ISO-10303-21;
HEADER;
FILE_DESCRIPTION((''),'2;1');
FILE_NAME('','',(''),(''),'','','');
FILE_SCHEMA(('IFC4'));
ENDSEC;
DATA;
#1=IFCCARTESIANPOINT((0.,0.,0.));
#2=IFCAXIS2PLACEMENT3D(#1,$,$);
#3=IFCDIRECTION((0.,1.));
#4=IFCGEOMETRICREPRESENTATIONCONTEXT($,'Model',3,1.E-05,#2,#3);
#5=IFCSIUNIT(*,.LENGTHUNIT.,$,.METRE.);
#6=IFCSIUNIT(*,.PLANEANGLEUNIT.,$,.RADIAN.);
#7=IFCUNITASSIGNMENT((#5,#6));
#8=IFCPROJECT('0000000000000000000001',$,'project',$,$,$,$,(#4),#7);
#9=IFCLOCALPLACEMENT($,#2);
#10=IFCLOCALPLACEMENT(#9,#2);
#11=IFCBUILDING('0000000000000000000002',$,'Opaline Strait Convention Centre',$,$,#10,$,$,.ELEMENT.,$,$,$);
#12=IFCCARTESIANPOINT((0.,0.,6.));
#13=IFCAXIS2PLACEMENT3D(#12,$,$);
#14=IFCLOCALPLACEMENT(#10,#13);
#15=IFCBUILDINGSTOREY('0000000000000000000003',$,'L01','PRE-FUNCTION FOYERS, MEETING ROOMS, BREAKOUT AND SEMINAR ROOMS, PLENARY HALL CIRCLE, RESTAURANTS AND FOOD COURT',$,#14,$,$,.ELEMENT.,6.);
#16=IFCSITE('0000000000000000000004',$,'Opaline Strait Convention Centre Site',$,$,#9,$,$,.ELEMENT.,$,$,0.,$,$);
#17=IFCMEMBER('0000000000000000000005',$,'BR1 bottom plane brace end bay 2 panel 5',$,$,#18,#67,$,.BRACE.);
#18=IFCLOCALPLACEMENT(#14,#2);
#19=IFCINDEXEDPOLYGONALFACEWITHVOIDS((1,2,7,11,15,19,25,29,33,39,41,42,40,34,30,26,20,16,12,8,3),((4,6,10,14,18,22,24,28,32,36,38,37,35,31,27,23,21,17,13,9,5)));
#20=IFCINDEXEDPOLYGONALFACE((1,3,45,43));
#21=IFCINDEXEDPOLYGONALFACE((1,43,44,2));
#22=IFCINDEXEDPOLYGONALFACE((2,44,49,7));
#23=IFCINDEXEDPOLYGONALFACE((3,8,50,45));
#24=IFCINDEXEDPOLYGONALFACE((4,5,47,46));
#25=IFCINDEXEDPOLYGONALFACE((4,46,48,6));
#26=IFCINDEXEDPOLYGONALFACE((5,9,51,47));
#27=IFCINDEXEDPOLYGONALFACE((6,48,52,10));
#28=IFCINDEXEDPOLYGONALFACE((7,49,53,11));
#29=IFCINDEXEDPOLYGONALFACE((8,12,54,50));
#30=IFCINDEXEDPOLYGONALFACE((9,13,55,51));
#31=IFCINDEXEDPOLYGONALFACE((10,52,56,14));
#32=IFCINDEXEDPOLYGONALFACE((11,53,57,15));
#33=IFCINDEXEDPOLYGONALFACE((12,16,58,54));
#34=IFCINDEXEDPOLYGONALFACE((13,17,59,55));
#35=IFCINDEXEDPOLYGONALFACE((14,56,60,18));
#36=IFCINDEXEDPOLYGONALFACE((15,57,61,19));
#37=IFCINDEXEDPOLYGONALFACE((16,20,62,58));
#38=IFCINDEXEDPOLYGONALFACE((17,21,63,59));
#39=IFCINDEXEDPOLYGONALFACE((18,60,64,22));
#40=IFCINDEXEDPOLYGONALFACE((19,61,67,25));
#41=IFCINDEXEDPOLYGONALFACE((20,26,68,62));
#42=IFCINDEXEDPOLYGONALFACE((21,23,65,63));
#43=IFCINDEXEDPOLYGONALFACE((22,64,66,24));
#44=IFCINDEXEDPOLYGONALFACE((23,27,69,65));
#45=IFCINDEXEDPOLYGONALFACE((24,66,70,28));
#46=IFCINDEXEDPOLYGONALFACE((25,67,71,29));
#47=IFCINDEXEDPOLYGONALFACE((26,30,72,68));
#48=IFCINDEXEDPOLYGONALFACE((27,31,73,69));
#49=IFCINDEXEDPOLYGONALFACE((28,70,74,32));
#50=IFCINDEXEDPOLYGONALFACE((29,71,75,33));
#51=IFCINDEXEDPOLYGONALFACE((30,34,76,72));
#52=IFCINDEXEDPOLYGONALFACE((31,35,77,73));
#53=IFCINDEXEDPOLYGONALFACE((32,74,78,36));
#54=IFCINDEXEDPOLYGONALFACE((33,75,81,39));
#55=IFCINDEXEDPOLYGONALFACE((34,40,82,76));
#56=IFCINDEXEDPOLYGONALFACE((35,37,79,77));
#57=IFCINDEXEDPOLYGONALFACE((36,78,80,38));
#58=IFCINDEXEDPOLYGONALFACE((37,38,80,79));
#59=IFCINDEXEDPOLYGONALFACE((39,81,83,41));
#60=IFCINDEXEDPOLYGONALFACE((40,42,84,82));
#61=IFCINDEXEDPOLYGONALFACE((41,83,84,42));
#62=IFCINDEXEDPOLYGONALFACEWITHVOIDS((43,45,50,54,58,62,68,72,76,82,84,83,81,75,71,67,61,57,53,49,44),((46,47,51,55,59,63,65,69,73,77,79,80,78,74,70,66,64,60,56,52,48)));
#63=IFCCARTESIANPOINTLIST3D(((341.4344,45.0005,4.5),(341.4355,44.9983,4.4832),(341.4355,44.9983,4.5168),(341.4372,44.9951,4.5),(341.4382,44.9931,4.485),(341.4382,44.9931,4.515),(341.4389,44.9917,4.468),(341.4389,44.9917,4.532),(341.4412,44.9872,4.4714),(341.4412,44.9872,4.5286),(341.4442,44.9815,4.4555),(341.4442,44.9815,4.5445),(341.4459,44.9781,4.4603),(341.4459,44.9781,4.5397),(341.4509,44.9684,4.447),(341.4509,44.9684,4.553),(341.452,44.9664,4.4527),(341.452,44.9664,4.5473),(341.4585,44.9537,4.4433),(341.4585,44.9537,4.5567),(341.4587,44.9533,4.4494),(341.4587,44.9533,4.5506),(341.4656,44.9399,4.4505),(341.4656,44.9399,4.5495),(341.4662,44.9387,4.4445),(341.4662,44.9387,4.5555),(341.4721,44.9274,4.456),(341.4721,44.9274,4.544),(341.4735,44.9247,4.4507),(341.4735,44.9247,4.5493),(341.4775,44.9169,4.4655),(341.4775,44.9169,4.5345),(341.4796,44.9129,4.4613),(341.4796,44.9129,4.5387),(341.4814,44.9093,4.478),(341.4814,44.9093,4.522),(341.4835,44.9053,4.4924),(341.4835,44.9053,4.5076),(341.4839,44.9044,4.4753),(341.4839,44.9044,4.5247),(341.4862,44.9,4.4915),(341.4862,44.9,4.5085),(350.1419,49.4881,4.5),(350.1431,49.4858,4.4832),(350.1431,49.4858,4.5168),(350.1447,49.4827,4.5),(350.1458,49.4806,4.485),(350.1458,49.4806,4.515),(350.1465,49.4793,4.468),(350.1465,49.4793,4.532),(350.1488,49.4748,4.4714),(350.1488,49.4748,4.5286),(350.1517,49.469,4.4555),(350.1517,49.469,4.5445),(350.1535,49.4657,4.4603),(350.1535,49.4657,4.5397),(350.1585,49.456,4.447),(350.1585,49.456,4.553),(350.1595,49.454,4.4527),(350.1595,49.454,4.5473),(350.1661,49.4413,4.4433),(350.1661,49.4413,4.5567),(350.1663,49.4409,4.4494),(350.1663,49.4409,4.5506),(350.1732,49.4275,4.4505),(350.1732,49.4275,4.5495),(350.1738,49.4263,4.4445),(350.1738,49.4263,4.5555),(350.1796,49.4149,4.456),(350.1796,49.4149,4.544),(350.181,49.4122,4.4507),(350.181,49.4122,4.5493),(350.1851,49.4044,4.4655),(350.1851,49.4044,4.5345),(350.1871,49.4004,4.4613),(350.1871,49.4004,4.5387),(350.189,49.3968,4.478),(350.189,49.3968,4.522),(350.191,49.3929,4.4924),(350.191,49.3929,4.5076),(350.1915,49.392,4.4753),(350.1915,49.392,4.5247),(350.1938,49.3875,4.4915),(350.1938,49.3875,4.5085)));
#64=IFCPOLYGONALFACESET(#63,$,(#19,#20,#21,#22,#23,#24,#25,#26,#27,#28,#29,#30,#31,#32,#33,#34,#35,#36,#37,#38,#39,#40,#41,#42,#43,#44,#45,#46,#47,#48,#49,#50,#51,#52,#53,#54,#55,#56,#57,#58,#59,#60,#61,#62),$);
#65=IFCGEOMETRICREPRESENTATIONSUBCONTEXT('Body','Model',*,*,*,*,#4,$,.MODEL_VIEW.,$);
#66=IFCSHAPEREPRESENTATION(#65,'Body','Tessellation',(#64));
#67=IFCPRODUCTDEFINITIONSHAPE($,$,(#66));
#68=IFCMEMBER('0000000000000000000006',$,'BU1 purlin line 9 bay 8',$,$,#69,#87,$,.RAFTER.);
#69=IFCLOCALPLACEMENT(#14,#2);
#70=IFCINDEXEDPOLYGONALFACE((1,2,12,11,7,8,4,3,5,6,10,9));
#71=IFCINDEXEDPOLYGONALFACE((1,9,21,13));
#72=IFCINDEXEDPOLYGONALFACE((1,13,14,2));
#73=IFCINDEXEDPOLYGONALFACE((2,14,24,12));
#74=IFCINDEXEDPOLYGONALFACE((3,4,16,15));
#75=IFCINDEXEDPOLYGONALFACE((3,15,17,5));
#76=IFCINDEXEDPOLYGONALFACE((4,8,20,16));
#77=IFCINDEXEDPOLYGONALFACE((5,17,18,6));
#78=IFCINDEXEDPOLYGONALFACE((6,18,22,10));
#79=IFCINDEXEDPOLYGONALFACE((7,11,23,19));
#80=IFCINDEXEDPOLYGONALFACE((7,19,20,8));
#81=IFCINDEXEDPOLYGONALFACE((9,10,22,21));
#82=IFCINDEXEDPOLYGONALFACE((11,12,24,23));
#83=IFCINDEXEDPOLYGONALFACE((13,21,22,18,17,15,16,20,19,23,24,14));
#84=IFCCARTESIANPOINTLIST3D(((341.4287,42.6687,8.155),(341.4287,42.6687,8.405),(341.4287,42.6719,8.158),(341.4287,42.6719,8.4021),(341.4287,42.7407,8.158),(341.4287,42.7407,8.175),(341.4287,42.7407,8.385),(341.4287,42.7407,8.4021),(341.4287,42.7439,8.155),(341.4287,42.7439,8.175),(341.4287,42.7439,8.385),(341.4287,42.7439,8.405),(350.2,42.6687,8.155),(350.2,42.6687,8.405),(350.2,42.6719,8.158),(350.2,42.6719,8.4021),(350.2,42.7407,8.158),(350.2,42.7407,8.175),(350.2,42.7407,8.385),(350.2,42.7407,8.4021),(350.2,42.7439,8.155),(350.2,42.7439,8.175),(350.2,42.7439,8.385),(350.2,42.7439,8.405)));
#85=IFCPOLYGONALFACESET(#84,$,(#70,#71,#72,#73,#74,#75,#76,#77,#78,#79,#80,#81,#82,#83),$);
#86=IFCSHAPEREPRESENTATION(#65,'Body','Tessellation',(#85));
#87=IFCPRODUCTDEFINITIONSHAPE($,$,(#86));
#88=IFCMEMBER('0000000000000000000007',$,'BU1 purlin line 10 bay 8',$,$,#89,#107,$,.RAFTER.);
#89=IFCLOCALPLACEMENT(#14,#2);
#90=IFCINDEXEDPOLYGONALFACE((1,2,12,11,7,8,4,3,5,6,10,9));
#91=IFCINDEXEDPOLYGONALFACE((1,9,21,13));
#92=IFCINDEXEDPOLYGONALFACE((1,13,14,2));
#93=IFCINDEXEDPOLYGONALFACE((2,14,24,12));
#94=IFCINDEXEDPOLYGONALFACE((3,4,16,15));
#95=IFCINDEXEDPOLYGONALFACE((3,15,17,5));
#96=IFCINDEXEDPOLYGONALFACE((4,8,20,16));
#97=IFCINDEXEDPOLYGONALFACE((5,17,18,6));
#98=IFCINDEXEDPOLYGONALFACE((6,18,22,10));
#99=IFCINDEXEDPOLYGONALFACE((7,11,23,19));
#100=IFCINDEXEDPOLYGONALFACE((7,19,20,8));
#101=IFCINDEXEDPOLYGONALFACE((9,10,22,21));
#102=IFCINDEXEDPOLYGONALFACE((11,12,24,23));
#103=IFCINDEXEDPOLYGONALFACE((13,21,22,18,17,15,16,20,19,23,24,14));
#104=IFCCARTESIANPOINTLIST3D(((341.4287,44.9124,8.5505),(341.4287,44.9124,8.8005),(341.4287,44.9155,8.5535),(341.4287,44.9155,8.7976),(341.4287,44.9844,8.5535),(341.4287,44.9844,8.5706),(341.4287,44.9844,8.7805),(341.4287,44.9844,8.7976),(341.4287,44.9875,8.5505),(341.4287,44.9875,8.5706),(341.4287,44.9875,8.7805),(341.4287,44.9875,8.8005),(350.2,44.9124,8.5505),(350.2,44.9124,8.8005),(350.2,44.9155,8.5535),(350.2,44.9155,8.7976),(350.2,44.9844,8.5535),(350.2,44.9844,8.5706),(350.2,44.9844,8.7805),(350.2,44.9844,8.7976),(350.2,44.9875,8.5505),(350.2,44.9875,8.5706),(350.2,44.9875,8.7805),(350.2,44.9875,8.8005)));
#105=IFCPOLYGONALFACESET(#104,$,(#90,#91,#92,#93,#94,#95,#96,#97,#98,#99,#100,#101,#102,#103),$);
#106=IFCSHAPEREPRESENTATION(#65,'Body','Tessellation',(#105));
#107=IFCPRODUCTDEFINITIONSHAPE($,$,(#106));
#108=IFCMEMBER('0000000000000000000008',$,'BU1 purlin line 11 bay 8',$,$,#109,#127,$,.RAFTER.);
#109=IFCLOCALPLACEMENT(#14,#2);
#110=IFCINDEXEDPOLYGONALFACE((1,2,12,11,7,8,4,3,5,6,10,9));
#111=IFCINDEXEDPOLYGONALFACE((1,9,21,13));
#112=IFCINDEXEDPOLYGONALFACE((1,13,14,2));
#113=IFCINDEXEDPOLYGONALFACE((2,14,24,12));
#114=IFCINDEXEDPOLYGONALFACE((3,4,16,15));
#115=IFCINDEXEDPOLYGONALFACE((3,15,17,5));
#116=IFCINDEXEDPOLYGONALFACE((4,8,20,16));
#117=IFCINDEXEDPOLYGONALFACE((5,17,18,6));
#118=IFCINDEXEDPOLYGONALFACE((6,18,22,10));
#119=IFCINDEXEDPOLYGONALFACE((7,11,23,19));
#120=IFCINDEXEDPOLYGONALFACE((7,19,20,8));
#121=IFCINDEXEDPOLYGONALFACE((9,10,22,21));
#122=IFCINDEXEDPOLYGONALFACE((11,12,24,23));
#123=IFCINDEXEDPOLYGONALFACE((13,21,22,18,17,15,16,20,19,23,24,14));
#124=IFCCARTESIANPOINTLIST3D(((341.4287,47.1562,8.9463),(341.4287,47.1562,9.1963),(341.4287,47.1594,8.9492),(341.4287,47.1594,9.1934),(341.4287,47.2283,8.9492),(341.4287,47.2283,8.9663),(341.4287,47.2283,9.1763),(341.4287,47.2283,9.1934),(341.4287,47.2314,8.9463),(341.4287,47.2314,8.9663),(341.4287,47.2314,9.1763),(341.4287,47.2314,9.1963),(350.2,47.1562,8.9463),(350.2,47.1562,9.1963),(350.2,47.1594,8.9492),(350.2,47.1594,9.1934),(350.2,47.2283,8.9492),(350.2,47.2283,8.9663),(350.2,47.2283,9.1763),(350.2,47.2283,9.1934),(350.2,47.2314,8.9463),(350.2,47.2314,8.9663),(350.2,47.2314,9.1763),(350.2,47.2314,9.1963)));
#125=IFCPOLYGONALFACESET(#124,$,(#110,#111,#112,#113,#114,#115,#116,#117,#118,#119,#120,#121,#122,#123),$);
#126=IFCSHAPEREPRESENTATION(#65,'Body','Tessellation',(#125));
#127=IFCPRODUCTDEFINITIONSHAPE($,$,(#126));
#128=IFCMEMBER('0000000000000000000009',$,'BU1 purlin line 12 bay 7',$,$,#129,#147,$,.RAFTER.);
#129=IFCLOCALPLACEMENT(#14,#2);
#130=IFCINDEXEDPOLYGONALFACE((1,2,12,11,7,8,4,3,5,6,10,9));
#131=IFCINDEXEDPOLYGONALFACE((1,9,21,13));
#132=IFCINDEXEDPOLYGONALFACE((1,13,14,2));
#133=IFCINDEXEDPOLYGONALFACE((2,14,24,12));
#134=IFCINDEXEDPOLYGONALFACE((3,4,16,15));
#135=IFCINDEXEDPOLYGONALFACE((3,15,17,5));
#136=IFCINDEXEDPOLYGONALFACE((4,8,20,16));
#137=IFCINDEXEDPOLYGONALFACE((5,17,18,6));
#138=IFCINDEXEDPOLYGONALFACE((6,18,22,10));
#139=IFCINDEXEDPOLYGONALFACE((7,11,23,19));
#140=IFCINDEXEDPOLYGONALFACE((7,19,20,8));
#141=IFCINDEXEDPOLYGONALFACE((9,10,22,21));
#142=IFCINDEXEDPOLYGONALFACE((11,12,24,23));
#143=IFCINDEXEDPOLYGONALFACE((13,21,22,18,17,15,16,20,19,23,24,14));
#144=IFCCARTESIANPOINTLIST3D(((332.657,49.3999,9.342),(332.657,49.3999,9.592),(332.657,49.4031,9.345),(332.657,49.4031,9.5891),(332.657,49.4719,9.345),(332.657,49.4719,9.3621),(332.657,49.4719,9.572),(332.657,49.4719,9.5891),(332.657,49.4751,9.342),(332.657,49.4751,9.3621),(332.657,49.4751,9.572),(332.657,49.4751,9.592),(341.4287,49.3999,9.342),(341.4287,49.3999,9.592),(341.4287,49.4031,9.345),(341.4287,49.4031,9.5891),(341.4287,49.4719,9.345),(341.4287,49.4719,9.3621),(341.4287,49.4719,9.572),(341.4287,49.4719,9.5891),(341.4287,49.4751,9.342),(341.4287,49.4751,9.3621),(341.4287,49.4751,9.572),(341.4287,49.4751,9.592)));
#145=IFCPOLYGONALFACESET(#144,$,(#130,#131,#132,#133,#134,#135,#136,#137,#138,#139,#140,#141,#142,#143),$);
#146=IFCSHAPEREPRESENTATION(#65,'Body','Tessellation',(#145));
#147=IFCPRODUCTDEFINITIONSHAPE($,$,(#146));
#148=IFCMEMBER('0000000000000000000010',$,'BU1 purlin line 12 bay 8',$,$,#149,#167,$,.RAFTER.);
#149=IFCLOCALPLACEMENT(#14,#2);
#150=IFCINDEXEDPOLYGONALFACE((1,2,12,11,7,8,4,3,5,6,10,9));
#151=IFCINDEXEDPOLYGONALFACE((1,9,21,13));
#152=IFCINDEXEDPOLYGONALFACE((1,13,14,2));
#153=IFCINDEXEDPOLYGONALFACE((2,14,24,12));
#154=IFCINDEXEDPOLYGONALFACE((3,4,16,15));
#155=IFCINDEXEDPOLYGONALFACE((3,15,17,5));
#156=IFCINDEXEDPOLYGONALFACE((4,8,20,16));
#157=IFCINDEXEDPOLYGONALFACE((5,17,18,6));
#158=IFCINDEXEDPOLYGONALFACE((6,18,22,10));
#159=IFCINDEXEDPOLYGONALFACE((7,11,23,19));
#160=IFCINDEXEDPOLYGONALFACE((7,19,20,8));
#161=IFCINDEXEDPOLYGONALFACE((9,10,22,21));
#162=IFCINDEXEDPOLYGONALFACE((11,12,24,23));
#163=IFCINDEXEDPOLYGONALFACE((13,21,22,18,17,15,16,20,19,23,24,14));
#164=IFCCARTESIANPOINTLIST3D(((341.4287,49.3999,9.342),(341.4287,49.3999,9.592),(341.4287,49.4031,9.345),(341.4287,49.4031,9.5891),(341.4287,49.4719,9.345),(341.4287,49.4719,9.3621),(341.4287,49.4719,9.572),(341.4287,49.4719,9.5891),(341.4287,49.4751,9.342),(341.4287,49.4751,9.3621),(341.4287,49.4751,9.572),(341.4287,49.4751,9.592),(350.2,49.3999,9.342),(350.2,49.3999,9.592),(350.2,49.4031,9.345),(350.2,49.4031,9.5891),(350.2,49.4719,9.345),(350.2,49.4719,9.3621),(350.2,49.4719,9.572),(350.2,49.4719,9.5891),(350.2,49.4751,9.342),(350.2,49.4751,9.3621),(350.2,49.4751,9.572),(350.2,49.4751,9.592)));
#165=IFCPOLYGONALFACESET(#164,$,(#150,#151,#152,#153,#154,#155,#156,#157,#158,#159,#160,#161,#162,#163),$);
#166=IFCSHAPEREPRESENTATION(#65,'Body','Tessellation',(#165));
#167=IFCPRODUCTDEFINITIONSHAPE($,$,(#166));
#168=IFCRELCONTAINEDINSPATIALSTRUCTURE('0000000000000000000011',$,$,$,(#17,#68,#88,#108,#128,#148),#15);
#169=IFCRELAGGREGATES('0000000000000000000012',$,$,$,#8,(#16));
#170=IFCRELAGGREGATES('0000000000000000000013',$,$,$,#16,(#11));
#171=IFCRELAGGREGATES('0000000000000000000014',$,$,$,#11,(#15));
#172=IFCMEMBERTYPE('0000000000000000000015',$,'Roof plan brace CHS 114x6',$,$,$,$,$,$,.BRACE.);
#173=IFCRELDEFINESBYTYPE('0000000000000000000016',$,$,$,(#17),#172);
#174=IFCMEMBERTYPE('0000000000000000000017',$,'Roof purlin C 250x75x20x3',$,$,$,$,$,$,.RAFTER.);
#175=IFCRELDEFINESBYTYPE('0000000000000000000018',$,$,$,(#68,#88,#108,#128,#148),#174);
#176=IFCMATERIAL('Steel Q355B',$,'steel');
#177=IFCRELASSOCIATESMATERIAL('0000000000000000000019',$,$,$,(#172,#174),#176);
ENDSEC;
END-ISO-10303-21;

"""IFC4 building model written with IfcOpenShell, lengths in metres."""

from ifc_helpers import new_model, si_unit, direction, frame, origin, origin_2d, place, context, subcontext, project, spatial, polyline, hollow_circle, outline, extrude, material, material_profile, profile_set, type_object, element, save


model = new_model("IFC4")

# Units and contexts
model_context = context("Model", 3, precision=1e-05, world=origin(), true_north=direction((0.0, 1.0)))
body_context = subcontext(model_context, "Body", "Model", "MODEL_VIEW")
ifc_project = project(units=[si_unit("LENGTHUNIT", "METRE"), si_unit("PLANEANGLEUNIT", "RADIAN")], contexts=[model_context])

# Site, building, storey
site_placement = place(None, origin())
site = spatial("IfcSite", under=ifc_project, at=site_placement, Name="Opaline Strait Convention Centre Site", CompositionType="ELEMENT", RefElevation=0.0)
building_placement = place(site_placement, origin())
building = spatial("IfcBuilding", under=site, at=building_placement, Name="Opaline Strait Convention Centre", CompositionType="ELEMENT")
storey_placement = place(building_placement, frame((0.0, 0.0, 6.0)))
storey = spatial("IfcBuildingStorey", under=building, at=storey_placement, Name="L01", Description="PRE-FUNCTION FOYERS, MEETING ROOMS, BREAKOUT AND SEMINAR ROOMS, PLENARY HALL CIRCLE, RESTAURANTS AND FOOD COURT", CompositionType="ELEMENT", Elevation=6.0)

# Members
ifc_material_1 = material(Name="Steel Q355B", Category="steel")
ifc_material_profile_1 = material_profile(ifc_material_1, hollow_circle(Radius=0.0569, WallThickness=0.0061, at=origin_2d()), Name="CHS 114x6")
ifc_profile_set_1 = profile_set([ifc_material_profile_1], Name="Steel Q355B")
member_type_1 = type_object("IfcMemberType", Name="Roof plan brace CHS 114x6", PredefinedType="BRACE", material=ifc_profile_set_1)
member_1_placement = place(storey_placement, frame((341.4604, 44.95, 4.5), z_axis=(0.888897, 0.458106, 0.0), x_axis=(-0.458106, 0.888897, 0.0)))
element("IfcMember", 1, at=member_1_placement, inside=storey, type_object=member_type_1, Name="BR1 bottom plane brace end bay 2 panel 5", PredefinedType="BRACE", context=body_context, shape_type="SweptSolid", body=[
    extrude(hollow_circle(Radius=0.0569, WallThickness=0.0061, at=origin_2d()), origin(), (0.0, 0.0, 1.0), 9.7959),
])
ifc_material_profile_2 = material_profile(ifc_material_1, outline(polyline([(-0.0376, -0.125), (0.0376, -0.125), (0.0376, -0.105), (0.0344, -0.105), (0.0344, -0.1221), (-0.0344, -0.1221), (-0.0344, 0.1221), (0.0344, 0.1221), (0.0344, 0.105), (0.0376, 0.105), (0.0376, 0.125), (-0.0376, 0.125), (-0.0376, -0.125)])), Name="C 250x75x20x3")
ifc_profile_set_2 = profile_set([ifc_material_profile_2], Name="Steel Q355B")
member_type_2 = type_object("IfcMemberType", Name="Roof purlin C 250x75x20x3", PredefinedType="RAFTER", material=ifc_profile_set_2)
for number, where, z_axis, x_axis, name in (
    (2, (341.4287, 42.7063, 8.28), (1.0, 0.0, 0.0), (0.0, 1.0, 0.0), "BU1 purlin line 9 bay 8"),
    (3, (341.4287, 44.95, 8.6755), (1.0, 0.0, 0.0), (0.0, 1.0, 0.0), "BU1 purlin line 10 bay 8"),
    (4, (341.4287, 47.1938, 9.0713), (1.0, 0.0, 0.0), (0.0, 1.0, 0.0), "BU1 purlin line 11 bay 8"),
):
    element("IfcMember", number, at=place(storey_placement, frame(where, z_axis=z_axis, x_axis=x_axis)), inside=storey, type_object=member_type_2, Name=name, PredefinedType="RAFTER", context=body_context, shape_type="SweptSolid", body=[
        extrude(outline(polyline([(-0.0376, -0.125), (0.0376, -0.125), (0.0376, -0.105), (0.0344, -0.105), (0.0344, -0.1221), (-0.0344, -0.1221), (-0.0344, 0.1221), (0.0344, 0.1221), (0.0344, 0.105), (0.0376, 0.105), (0.0376, 0.125), (-0.0376, 0.125), (-0.0376, -0.125)])), origin(), (0.0, 0.0, 1.0), 8.7712),
    ])
member_2_placement = place(storey_placement, frame((332.657, 49.4375, 9.467), z_axis=(1.0, 0.0, 0.0), x_axis=(0.0, 1.0, 0.0)))
element("IfcMember", 5, at=member_2_placement, inside=storey, type_object=member_type_2, Name="BU1 purlin line 12 bay 7", PredefinedType="RAFTER", context=body_context, shape_type="SweptSolid", body=[
    extrude(outline(polyline([(-0.0376, -0.125), (0.0376, -0.125), (0.0376, -0.105), (0.0344, -0.105), (0.0344, -0.1221), (-0.0344, -0.1221), (-0.0344, 0.1221), (0.0344, 0.1221), (0.0344, 0.105), (0.0376, 0.105), (0.0376, 0.125), (-0.0376, 0.125), (-0.0376, -0.125)])), origin(), (0.0, 0.0, 1.0), 8.7717),
])
member_3_placement = place(storey_placement, frame((341.4287, 49.4375, 9.467), z_axis=(1.0, 0.0, 0.0), x_axis=(0.0, 1.0, 0.0)))
element("IfcMember", 6, at=member_3_placement, inside=storey, type_object=member_type_2, Name="BU1 purlin line 12 bay 8", PredefinedType="RAFTER", context=body_context, shape_type="SweptSolid", body=[
    extrude(outline(polyline([(-0.0376, -0.125), (0.0376, -0.125), (0.0376, -0.105), (0.0344, -0.105), (0.0344, -0.1221), (-0.0344, -0.1221), (-0.0344, 0.1221), (0.0344, 0.1221), (0.0344, 0.105), (0.0376, 0.105), (0.0376, 0.125), (-0.0376, 0.125), (-0.0376, -0.125)])), origin(), (0.0, 0.0, 1.0), 8.7712),
])

save(model, "model.ifc")
